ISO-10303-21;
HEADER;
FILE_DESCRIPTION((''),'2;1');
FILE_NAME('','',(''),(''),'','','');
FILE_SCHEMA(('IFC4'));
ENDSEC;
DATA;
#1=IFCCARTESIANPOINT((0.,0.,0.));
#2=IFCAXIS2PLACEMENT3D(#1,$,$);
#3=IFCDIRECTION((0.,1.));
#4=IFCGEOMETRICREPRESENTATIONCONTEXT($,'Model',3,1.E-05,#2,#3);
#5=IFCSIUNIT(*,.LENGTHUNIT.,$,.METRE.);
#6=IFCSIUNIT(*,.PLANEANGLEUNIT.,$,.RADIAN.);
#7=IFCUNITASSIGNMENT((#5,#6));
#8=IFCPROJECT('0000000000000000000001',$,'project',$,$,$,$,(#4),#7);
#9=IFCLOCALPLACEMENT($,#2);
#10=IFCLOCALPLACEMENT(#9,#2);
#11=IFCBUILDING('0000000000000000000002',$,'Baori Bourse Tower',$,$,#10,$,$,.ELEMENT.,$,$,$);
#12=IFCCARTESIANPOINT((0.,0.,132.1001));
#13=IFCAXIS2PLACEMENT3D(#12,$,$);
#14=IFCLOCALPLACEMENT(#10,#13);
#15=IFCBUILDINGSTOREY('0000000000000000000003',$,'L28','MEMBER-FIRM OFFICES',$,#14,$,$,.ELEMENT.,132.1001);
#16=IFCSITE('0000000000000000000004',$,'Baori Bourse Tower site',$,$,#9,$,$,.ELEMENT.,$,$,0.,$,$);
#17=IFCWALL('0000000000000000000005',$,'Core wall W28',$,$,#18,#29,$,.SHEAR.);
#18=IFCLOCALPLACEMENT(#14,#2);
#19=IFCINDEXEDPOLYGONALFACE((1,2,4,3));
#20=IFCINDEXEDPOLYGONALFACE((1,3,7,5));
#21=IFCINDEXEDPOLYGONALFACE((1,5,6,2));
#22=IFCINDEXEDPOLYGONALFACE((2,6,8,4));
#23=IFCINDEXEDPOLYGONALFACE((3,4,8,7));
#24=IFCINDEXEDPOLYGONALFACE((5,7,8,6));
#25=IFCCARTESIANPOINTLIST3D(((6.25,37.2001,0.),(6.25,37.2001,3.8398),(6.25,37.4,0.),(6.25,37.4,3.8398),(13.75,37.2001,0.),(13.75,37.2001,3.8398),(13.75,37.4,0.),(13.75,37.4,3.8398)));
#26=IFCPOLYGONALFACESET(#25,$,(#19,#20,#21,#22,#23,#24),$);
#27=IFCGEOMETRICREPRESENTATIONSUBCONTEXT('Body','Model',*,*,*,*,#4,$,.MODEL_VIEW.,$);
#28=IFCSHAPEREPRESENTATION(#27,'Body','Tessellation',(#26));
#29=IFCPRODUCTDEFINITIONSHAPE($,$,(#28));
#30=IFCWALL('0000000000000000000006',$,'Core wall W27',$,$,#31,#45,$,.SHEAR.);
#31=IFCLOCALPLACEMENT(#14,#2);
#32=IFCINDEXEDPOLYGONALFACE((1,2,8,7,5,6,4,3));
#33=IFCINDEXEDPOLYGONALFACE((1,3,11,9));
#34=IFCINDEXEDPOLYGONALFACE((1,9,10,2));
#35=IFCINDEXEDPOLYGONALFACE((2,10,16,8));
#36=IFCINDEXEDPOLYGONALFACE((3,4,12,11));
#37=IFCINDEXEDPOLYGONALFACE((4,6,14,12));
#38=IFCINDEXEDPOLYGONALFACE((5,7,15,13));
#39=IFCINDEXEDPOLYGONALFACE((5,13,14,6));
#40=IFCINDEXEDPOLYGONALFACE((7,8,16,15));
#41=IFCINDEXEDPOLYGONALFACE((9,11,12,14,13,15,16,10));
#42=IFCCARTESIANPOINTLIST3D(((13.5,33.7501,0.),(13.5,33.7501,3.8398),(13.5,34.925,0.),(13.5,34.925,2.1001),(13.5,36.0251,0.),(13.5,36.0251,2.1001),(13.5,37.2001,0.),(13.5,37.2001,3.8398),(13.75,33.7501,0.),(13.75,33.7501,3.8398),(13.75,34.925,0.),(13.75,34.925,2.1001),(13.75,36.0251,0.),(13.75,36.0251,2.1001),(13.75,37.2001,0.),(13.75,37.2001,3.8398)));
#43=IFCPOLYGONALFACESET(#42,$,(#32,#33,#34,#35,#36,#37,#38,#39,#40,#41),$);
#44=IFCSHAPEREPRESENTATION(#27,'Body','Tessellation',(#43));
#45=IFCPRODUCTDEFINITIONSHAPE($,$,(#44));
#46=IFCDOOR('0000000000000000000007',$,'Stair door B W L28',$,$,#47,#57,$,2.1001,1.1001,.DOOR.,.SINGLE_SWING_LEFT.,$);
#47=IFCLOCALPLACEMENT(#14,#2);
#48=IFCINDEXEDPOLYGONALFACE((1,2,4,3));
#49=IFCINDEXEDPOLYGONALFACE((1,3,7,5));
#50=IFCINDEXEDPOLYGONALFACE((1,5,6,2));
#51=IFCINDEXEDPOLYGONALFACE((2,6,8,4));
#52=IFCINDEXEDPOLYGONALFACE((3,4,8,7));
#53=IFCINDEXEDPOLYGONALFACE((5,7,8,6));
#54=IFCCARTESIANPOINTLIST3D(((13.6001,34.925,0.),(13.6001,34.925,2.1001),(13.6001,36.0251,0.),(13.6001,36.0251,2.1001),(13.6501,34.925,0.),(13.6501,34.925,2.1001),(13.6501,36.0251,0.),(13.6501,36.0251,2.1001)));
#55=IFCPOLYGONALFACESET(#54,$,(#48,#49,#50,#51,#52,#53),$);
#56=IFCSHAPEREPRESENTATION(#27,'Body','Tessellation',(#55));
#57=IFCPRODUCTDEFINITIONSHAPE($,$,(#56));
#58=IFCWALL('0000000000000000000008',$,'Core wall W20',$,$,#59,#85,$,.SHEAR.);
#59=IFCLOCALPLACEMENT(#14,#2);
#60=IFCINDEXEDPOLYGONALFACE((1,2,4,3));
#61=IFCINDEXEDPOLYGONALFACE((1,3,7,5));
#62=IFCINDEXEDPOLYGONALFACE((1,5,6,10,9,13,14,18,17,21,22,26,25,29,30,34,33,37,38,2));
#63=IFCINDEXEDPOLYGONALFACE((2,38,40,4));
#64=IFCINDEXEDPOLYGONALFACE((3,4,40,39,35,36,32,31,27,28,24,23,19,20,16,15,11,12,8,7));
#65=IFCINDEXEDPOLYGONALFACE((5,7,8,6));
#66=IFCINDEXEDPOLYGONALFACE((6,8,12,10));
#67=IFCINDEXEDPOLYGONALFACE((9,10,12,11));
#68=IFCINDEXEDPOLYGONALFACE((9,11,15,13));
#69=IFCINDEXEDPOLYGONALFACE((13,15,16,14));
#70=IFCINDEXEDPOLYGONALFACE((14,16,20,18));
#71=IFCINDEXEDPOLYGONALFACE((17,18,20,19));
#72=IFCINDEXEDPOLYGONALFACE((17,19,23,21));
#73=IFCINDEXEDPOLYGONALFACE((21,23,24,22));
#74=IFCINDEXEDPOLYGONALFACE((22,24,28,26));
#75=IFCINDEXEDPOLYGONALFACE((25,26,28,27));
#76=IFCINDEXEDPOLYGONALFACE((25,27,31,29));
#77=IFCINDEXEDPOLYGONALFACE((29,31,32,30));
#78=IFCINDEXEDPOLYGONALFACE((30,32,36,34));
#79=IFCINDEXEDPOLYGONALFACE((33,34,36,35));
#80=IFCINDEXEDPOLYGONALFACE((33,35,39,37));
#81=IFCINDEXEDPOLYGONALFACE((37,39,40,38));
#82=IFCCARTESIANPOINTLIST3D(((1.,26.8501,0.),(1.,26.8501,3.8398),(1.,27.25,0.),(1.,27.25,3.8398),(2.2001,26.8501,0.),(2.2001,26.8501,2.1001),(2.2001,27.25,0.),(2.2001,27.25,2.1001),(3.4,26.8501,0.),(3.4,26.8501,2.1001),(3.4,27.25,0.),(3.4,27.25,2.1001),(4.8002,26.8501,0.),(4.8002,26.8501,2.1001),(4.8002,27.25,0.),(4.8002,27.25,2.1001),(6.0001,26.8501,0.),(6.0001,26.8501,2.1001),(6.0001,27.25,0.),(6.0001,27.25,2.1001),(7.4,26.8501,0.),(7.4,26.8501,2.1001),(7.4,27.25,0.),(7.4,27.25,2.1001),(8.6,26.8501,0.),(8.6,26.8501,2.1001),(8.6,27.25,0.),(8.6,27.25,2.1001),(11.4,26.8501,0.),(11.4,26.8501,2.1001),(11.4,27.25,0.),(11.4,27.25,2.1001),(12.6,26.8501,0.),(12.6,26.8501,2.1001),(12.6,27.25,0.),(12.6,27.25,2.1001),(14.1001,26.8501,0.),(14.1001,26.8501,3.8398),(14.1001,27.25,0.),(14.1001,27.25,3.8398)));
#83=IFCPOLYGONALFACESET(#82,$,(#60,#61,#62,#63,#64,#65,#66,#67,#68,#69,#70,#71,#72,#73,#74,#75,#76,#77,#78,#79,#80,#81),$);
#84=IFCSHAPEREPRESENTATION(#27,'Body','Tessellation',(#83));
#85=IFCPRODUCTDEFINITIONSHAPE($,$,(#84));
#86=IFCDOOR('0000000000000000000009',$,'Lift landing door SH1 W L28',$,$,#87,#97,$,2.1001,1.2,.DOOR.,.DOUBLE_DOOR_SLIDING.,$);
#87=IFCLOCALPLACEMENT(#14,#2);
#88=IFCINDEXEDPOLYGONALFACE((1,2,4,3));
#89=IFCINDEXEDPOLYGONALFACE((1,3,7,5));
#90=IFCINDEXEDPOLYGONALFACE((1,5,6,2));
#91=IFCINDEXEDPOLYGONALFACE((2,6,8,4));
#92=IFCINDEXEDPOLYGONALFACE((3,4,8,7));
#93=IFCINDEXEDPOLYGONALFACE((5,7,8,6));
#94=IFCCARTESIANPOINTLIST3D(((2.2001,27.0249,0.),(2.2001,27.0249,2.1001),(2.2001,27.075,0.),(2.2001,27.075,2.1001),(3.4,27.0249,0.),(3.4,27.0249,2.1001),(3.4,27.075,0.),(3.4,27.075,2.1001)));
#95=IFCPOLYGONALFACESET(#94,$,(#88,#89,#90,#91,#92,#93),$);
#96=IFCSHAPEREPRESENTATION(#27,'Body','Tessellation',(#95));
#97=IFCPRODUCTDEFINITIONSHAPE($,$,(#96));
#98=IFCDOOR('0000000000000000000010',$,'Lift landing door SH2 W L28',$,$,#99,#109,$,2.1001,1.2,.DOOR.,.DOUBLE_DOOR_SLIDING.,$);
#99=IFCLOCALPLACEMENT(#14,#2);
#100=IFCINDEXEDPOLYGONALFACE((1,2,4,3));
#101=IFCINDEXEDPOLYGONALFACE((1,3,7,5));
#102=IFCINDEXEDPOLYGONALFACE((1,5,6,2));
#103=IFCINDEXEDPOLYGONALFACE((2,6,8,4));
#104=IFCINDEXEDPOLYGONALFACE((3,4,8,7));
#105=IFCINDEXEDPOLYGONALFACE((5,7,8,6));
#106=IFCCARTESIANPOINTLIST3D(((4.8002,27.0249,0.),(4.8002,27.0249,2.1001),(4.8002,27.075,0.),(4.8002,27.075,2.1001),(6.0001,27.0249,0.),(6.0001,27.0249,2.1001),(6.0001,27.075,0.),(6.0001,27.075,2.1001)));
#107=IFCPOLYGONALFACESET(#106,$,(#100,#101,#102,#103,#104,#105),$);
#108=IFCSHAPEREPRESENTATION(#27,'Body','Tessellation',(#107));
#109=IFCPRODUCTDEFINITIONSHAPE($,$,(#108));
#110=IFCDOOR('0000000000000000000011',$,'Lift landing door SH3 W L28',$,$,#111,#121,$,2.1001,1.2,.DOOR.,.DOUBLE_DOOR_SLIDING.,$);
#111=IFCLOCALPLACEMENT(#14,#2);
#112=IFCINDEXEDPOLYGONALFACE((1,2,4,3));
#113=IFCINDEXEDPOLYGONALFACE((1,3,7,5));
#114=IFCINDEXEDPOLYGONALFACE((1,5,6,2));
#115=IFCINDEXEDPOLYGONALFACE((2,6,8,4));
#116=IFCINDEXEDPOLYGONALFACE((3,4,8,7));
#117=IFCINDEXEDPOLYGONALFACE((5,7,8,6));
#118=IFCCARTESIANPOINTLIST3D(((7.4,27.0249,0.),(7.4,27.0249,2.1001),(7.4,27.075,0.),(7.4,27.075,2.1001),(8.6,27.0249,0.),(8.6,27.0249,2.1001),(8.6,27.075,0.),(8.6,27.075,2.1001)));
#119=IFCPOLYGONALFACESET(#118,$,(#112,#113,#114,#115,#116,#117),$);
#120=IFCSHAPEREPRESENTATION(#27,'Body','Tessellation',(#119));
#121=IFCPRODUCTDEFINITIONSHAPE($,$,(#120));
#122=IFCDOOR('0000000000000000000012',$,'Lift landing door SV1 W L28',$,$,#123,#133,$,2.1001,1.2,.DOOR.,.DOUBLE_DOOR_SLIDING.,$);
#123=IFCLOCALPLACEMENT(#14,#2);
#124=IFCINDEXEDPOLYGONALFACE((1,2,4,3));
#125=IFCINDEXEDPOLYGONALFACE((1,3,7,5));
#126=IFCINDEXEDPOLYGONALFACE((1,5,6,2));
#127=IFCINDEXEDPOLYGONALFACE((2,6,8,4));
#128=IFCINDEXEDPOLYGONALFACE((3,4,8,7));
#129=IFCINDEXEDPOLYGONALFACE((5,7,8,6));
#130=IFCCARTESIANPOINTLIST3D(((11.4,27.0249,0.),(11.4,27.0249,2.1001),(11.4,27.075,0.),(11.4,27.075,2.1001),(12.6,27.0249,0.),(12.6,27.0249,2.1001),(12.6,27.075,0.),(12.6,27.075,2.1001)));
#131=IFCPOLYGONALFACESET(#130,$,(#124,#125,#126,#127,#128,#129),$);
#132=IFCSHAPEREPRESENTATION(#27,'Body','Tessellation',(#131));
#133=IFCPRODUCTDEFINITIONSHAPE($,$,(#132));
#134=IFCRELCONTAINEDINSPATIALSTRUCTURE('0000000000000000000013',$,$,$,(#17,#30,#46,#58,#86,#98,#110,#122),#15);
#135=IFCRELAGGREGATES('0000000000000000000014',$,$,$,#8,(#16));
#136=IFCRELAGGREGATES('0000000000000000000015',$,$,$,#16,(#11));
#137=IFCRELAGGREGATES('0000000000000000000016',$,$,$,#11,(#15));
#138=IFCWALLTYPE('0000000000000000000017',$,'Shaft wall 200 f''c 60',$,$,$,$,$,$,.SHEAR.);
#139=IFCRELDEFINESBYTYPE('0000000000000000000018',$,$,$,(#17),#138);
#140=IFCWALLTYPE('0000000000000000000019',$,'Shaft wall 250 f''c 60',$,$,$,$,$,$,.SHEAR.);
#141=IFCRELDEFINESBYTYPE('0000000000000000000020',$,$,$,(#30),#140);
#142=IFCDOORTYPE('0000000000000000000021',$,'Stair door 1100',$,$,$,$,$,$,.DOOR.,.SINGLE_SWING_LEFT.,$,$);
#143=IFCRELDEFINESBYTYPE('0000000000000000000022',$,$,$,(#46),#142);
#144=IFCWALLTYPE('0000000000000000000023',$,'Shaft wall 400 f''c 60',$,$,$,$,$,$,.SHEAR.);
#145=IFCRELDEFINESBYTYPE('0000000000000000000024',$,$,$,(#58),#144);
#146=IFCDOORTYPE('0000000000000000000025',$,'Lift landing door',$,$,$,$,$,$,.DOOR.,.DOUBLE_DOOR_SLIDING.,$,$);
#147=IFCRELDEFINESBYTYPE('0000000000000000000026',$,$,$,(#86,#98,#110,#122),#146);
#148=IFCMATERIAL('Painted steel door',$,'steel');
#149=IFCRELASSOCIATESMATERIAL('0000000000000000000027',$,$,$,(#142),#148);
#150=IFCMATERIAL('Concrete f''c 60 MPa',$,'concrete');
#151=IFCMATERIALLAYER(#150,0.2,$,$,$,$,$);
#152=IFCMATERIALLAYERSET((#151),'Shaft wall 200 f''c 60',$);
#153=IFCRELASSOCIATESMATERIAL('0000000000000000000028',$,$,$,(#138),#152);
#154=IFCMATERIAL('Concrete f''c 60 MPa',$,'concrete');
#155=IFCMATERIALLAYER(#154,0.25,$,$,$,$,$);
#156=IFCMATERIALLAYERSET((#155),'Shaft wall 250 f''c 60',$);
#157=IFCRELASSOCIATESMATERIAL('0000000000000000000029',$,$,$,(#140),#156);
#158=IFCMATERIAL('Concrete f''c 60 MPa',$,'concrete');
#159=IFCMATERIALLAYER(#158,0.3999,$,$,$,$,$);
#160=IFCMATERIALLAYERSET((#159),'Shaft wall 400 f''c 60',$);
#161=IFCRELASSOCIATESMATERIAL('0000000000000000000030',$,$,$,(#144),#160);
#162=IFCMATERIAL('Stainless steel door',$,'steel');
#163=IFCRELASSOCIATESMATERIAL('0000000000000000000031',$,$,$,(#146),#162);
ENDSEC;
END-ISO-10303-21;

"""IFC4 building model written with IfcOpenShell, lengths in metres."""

from ifc_helpers import new_model, si_unit, direction, frame, frame_2d, origin, place, context, subcontext, project, spatial, rectangle, extrude, material, layer, layer_set, type_object, element, fill, save


model = new_model("IFC4")

# Units and contexts
model_context = context("Model", 3, precision=1e-05, world=origin(), true_north=direction((0.0, 1.0)))
body_context = subcontext(model_context, "Body", "Model", "MODEL_VIEW")
ifc_project = project(units=[si_unit("LENGTHUNIT", "METRE"), si_unit("PLANEANGLEUNIT", "RADIAN")], contexts=[model_context])

# Site, building, storey
site_placement = place(None, origin())
site = spatial("IfcSite", under=ifc_project, at=site_placement, Name="Baori Bourse Tower site", CompositionType="ELEMENT", RefElevation=0.0)
building_placement = place(site_placement, origin())
building = spatial("IfcBuilding", under=site, at=building_placement, Name="Baori Bourse Tower", CompositionType="ELEMENT")
storey_placement = place(building_placement, frame((0.0, 0.0, 132.1001)))
storey = spatial("IfcBuildingStorey", under=building, at=storey_placement, Name="L28", Description="MEMBER-FIRM OFFICES", CompositionType="ELEMENT", Elevation=132.1001)

# Shared definitions
ifc_material_1 = material(Name="Painted steel door", Category="steel")
door_type_1 = type_object("IfcDoorType", Name="Stair door 1100", OperationType="SINGLE_SWING_LEFT", PredefinedType="DOOR", material=ifc_material_1)

# Wall
ifc_material_2 = material(Name="Concrete f'c 60 MPa", Category="concrete")
ifc_layer_1 = layer(ifc_material_2, 0.2)
ifc_layer_set_1 = layer_set([ifc_layer_1], Name="Shaft wall 200 f'c 60")
wall_type_1 = type_object("IfcWallType", Name="Shaft wall 200 f'c 60", PredefinedType="SHEAR", material=ifc_layer_set_1)
wall_1_placement = place(storey_placement, frame((6.25, 37.3, 0.0), z_axis=(0.0, 0.0, 1.0), x_axis=(1.0, 0.0, 0.0)))
element("IfcWall", 1, at=wall_1_placement, inside=storey, type_object=wall_type_1, Name="Core wall W28", PredefinedType="SHEAR", context=body_context, shape_type="SweptSolid", body=[
    extrude(rectangle(XDim=7.5, YDim=0.2, at=frame_2d((3.75, 0.0))), origin(), (0.0, 0.0, 1.0), 3.8398),
])

# Wall, opening, door
ifc_material_3 = material(Name="Concrete f'c 60 MPa", Category="concrete")
ifc_layer_2 = layer(ifc_material_3, 0.25)
ifc_layer_set_2 = layer_set([ifc_layer_2], Name="Shaft wall 250 f'c 60")
wall_type_2 = type_object("IfcWallType", Name="Shaft wall 250 f'c 60", PredefinedType="SHEAR", material=ifc_layer_set_2)
wall_2_placement = place(storey_placement, frame((13.625, 33.75, 0.0), z_axis=(0.0, 0.0, 1.0), x_axis=(0.0, 1.0, 0.0)))
wall_2 = element("IfcWall", 2, at=wall_2_placement, inside=storey, type_object=wall_type_2, Name="Core wall W27", PredefinedType="SHEAR", context=body_context, shape_type="SweptSolid", body=[
    extrude(rectangle(XDim=3.45, YDim=0.25, at=frame_2d((1.7251, 0.0))), origin(), (0.0, 0.0, 1.0), 3.8398),
])
opening_1_placement = place(wall_2_placement, frame((1.175, 0.0, 0.0)))
opening_1 = element("IfcOpeningElement", 3, at=opening_1_placement, cuts=wall_2, PredefinedType="OPENING", context=body_context, shape_type="SweptSolid", body=[
    extrude(rectangle(XDim=1.1001, YDim=2.1001, at=frame_2d((0.55, 1.05))), frame((0.0, 0.135, 0.0), z_axis=(0.0, -1.0, 0.0), x_axis=(1.0, 0.0, 0.0)), (0.0, 0.0, 1.0), 0.27),
])
door_1_placement = place(opening_1_placement, origin())
door_1 = element("IfcDoor", 4, at=door_1_placement, inside=storey, type_object=door_type_1, Name="Stair door B W L28", OperationType="SINGLE_SWING_LEFT", OverallHeight=2.1001, OverallWidth=1.1001, PredefinedType="DOOR", context=body_context, shape_type="SweptSolid", body=[
    extrude(rectangle(XDim=1.1001, YDim=2.1001, at=frame_2d((0.55, 1.05))), frame((0.0, 0.0249, 0.0), z_axis=(0.0, -1.0, 0.0), x_axis=(1.0, 0.0, 0.0)), (0.0, 0.0, 1.0), 0.05),
])
fill(opening_1, door_1)

# Wall, openings, doors
ifc_material_4 = material(Name="Concrete f'c 60 MPa", Category="concrete")
ifc_layer_3 = layer(ifc_material_4, 0.3999)
ifc_layer_set_3 = layer_set([ifc_layer_3], Name="Shaft wall 400 f'c 60")
wall_type_3 = type_object("IfcWallType", Name="Shaft wall 400 f'c 60", PredefinedType="SHEAR", material=ifc_layer_set_3)
wall_3_placement = place(storey_placement, frame((1.0, 27.05, 0.0), z_axis=(0.0, 0.0, 1.0), x_axis=(1.0, 0.0, 0.0)))
wall_3 = element("IfcWall", 5, at=wall_3_placement, inside=storey, type_object=wall_type_3, Name="Core wall W20", PredefinedType="SHEAR", context=body_context, shape_type="SweptSolid", body=[
    extrude(rectangle(XDim=13.1001, YDim=0.3999, at=frame_2d((6.55, 0.0))), origin(), (0.0, 0.0, 1.0), 3.8398),
])
opening_2_placement = place(wall_3_placement, frame((1.2, 0.0, 0.0)))
opening_2 = element("IfcOpeningElement", 6, at=opening_2_placement, cuts=wall_3, PredefinedType="OPENING", context=body_context, shape_type="SweptSolid", body=[
    extrude(rectangle(XDim=1.2, YDim=2.1001, at=frame_2d((0.6001, 1.05))), frame((0.0, 0.21, 0.0), z_axis=(0.0, -1.0, 0.0), x_axis=(1.0, 0.0, 0.0)), (0.0, 0.0, 1.0), 0.4199),
])
opening_3_placement = place(wall_3_placement, frame((3.8, 0.0, 0.0)))
opening_3 = element("IfcOpeningElement", 7, at=opening_3_placement, cuts=wall_3, PredefinedType="OPENING", context=body_context, shape_type="SweptSolid", body=[
    extrude(rectangle(XDim=1.2, YDim=2.1001, at=frame_2d((0.6001, 1.05))), frame((0.0, 0.21, 0.0), z_axis=(0.0, -1.0, 0.0), x_axis=(1.0, 0.0, 0.0)), (0.0, 0.0, 1.0), 0.4199),
])
opening_4_placement = place(wall_3_placement, frame((6.3999, 0.0, 0.0)))
opening_4 = element("IfcOpeningElement", 8, at=opening_4_placement, cuts=wall_3, PredefinedType="OPENING", context=body_context, shape_type="SweptSolid", body=[
    extrude(rectangle(XDim=1.2, YDim=2.1001, at=frame_2d((0.6001, 1.05))), frame((0.0, 0.21, 0.0), z_axis=(0.0, -1.0, 0.0), x_axis=(1.0, 0.0, 0.0)), (0.0, 0.0, 1.0), 0.4199),
])
opening_5_placement = place(wall_3_placement, frame((10.3999, 0.0, 0.0)))
opening_5 = element("IfcOpeningElement", 9, at=opening_5_placement, cuts=wall_3, PredefinedType="OPENING", context=body_context, shape_type="SweptSolid", body=[
    extrude(rectangle(XDim=1.2, YDim=2.1001, at=frame_2d((0.6001, 1.05))), frame((0.0, 0.21, 0.0), z_axis=(0.0, -1.0, 0.0), x_axis=(1.0, 0.0, 0.0)), (0.0, 0.0, 1.0), 0.4199),
])
ifc_material_5 = material(Name="Stainless steel door", Category="steel")
door_type_2 = type_object("IfcDoorType", Name="Lift landing door", OperationType="DOUBLE_DOOR_SLIDING", PredefinedType="DOOR", material=ifc_material_5)
door_2_placement = place(opening_2_placement, origin())
door_2 = element("IfcDoor", 10, at=door_2_placement, inside=storey, type_object=door_type_2, Name="Lift landing door SH1 W L28", OperationType="DOUBLE_DOOR_SLIDING", OverallHeight=2.1001, OverallWidth=1.2, PredefinedType="DOOR", context=body_context, shape_type="SweptSolid", body=[
    extrude(rectangle(XDim=1.2, YDim=2.1001, at=frame_2d((0.6001, 1.05))), frame((0.0, 0.0249, 0.0), z_axis=(0.0, -1.0, 0.0), x_axis=(1.0, 0.0, 0.0)), (0.0, 0.0, 1.0), 0.05),
])
fill(opening_2, door_2)
door_3_placement = place(opening_3_placement, origin())
door_3 = element("IfcDoor", 11, at=door_3_placement, inside=storey, type_object=door_type_2, Name="Lift landing door SH2 W L28", OperationType="DOUBLE_DOOR_SLIDING", OverallHeight=2.1001, OverallWidth=1.2, PredefinedType="DOOR", context=body_context, shape_type="SweptSolid", body=[
    extrude(rectangle(XDim=1.2, YDim=2.1001, at=frame_2d((0.6001, 1.05))), frame((0.0, 0.0249, 0.0), z_axis=(0.0, -1.0, 0.0), x_axis=(1.0, 0.0, 0.0)), (0.0, 0.0, 1.0), 0.05),
])
fill(opening_3, door_3)
door_4_placement = place(opening_4_placement, origin())
door_4 = element("IfcDoor", 12, at=door_4_placement, inside=storey, type_object=door_type_2, Name="Lift landing door SH3 W L28", OperationType="DOUBLE_DOOR_SLIDING", OverallHeight=2.1001, OverallWidth=1.2, PredefinedType="DOOR", context=body_context, shape_type="SweptSolid", body=[
    extrude(rectangle(XDim=1.2, YDim=2.1001, at=frame_2d((0.6001, 1.05))), frame((0.0, 0.0249, 0.0), z_axis=(0.0, -1.0, 0.0), x_axis=(1.0, 0.0, 0.0)), (0.0, 0.0, 1.0), 0.05),
])
fill(opening_4, door_4)
door_5_placement = place(opening_5_placement, origin())
door_5 = element("IfcDoor", 13, at=door_5_placement, inside=storey, type_object=door_type_2, Name="Lift landing door SV1 W L28", OperationType="DOUBLE_DOOR_SLIDING", OverallHeight=2.1001, OverallWidth=1.2, PredefinedType="DOOR", context=body_context, shape_type="SweptSolid", body=[
    extrude(rectangle(XDim=1.2, YDim=2.1001, at=frame_2d((0.6001, 1.05))), frame((0.0, 0.0249, 0.0), z_axis=(0.0, -1.0, 0.0), x_axis=(1.0, 0.0, 0.0)), (0.0, 0.0, 1.0), 0.05),
])
fill(opening_5, door_5)

save(model, "model.ifc")
